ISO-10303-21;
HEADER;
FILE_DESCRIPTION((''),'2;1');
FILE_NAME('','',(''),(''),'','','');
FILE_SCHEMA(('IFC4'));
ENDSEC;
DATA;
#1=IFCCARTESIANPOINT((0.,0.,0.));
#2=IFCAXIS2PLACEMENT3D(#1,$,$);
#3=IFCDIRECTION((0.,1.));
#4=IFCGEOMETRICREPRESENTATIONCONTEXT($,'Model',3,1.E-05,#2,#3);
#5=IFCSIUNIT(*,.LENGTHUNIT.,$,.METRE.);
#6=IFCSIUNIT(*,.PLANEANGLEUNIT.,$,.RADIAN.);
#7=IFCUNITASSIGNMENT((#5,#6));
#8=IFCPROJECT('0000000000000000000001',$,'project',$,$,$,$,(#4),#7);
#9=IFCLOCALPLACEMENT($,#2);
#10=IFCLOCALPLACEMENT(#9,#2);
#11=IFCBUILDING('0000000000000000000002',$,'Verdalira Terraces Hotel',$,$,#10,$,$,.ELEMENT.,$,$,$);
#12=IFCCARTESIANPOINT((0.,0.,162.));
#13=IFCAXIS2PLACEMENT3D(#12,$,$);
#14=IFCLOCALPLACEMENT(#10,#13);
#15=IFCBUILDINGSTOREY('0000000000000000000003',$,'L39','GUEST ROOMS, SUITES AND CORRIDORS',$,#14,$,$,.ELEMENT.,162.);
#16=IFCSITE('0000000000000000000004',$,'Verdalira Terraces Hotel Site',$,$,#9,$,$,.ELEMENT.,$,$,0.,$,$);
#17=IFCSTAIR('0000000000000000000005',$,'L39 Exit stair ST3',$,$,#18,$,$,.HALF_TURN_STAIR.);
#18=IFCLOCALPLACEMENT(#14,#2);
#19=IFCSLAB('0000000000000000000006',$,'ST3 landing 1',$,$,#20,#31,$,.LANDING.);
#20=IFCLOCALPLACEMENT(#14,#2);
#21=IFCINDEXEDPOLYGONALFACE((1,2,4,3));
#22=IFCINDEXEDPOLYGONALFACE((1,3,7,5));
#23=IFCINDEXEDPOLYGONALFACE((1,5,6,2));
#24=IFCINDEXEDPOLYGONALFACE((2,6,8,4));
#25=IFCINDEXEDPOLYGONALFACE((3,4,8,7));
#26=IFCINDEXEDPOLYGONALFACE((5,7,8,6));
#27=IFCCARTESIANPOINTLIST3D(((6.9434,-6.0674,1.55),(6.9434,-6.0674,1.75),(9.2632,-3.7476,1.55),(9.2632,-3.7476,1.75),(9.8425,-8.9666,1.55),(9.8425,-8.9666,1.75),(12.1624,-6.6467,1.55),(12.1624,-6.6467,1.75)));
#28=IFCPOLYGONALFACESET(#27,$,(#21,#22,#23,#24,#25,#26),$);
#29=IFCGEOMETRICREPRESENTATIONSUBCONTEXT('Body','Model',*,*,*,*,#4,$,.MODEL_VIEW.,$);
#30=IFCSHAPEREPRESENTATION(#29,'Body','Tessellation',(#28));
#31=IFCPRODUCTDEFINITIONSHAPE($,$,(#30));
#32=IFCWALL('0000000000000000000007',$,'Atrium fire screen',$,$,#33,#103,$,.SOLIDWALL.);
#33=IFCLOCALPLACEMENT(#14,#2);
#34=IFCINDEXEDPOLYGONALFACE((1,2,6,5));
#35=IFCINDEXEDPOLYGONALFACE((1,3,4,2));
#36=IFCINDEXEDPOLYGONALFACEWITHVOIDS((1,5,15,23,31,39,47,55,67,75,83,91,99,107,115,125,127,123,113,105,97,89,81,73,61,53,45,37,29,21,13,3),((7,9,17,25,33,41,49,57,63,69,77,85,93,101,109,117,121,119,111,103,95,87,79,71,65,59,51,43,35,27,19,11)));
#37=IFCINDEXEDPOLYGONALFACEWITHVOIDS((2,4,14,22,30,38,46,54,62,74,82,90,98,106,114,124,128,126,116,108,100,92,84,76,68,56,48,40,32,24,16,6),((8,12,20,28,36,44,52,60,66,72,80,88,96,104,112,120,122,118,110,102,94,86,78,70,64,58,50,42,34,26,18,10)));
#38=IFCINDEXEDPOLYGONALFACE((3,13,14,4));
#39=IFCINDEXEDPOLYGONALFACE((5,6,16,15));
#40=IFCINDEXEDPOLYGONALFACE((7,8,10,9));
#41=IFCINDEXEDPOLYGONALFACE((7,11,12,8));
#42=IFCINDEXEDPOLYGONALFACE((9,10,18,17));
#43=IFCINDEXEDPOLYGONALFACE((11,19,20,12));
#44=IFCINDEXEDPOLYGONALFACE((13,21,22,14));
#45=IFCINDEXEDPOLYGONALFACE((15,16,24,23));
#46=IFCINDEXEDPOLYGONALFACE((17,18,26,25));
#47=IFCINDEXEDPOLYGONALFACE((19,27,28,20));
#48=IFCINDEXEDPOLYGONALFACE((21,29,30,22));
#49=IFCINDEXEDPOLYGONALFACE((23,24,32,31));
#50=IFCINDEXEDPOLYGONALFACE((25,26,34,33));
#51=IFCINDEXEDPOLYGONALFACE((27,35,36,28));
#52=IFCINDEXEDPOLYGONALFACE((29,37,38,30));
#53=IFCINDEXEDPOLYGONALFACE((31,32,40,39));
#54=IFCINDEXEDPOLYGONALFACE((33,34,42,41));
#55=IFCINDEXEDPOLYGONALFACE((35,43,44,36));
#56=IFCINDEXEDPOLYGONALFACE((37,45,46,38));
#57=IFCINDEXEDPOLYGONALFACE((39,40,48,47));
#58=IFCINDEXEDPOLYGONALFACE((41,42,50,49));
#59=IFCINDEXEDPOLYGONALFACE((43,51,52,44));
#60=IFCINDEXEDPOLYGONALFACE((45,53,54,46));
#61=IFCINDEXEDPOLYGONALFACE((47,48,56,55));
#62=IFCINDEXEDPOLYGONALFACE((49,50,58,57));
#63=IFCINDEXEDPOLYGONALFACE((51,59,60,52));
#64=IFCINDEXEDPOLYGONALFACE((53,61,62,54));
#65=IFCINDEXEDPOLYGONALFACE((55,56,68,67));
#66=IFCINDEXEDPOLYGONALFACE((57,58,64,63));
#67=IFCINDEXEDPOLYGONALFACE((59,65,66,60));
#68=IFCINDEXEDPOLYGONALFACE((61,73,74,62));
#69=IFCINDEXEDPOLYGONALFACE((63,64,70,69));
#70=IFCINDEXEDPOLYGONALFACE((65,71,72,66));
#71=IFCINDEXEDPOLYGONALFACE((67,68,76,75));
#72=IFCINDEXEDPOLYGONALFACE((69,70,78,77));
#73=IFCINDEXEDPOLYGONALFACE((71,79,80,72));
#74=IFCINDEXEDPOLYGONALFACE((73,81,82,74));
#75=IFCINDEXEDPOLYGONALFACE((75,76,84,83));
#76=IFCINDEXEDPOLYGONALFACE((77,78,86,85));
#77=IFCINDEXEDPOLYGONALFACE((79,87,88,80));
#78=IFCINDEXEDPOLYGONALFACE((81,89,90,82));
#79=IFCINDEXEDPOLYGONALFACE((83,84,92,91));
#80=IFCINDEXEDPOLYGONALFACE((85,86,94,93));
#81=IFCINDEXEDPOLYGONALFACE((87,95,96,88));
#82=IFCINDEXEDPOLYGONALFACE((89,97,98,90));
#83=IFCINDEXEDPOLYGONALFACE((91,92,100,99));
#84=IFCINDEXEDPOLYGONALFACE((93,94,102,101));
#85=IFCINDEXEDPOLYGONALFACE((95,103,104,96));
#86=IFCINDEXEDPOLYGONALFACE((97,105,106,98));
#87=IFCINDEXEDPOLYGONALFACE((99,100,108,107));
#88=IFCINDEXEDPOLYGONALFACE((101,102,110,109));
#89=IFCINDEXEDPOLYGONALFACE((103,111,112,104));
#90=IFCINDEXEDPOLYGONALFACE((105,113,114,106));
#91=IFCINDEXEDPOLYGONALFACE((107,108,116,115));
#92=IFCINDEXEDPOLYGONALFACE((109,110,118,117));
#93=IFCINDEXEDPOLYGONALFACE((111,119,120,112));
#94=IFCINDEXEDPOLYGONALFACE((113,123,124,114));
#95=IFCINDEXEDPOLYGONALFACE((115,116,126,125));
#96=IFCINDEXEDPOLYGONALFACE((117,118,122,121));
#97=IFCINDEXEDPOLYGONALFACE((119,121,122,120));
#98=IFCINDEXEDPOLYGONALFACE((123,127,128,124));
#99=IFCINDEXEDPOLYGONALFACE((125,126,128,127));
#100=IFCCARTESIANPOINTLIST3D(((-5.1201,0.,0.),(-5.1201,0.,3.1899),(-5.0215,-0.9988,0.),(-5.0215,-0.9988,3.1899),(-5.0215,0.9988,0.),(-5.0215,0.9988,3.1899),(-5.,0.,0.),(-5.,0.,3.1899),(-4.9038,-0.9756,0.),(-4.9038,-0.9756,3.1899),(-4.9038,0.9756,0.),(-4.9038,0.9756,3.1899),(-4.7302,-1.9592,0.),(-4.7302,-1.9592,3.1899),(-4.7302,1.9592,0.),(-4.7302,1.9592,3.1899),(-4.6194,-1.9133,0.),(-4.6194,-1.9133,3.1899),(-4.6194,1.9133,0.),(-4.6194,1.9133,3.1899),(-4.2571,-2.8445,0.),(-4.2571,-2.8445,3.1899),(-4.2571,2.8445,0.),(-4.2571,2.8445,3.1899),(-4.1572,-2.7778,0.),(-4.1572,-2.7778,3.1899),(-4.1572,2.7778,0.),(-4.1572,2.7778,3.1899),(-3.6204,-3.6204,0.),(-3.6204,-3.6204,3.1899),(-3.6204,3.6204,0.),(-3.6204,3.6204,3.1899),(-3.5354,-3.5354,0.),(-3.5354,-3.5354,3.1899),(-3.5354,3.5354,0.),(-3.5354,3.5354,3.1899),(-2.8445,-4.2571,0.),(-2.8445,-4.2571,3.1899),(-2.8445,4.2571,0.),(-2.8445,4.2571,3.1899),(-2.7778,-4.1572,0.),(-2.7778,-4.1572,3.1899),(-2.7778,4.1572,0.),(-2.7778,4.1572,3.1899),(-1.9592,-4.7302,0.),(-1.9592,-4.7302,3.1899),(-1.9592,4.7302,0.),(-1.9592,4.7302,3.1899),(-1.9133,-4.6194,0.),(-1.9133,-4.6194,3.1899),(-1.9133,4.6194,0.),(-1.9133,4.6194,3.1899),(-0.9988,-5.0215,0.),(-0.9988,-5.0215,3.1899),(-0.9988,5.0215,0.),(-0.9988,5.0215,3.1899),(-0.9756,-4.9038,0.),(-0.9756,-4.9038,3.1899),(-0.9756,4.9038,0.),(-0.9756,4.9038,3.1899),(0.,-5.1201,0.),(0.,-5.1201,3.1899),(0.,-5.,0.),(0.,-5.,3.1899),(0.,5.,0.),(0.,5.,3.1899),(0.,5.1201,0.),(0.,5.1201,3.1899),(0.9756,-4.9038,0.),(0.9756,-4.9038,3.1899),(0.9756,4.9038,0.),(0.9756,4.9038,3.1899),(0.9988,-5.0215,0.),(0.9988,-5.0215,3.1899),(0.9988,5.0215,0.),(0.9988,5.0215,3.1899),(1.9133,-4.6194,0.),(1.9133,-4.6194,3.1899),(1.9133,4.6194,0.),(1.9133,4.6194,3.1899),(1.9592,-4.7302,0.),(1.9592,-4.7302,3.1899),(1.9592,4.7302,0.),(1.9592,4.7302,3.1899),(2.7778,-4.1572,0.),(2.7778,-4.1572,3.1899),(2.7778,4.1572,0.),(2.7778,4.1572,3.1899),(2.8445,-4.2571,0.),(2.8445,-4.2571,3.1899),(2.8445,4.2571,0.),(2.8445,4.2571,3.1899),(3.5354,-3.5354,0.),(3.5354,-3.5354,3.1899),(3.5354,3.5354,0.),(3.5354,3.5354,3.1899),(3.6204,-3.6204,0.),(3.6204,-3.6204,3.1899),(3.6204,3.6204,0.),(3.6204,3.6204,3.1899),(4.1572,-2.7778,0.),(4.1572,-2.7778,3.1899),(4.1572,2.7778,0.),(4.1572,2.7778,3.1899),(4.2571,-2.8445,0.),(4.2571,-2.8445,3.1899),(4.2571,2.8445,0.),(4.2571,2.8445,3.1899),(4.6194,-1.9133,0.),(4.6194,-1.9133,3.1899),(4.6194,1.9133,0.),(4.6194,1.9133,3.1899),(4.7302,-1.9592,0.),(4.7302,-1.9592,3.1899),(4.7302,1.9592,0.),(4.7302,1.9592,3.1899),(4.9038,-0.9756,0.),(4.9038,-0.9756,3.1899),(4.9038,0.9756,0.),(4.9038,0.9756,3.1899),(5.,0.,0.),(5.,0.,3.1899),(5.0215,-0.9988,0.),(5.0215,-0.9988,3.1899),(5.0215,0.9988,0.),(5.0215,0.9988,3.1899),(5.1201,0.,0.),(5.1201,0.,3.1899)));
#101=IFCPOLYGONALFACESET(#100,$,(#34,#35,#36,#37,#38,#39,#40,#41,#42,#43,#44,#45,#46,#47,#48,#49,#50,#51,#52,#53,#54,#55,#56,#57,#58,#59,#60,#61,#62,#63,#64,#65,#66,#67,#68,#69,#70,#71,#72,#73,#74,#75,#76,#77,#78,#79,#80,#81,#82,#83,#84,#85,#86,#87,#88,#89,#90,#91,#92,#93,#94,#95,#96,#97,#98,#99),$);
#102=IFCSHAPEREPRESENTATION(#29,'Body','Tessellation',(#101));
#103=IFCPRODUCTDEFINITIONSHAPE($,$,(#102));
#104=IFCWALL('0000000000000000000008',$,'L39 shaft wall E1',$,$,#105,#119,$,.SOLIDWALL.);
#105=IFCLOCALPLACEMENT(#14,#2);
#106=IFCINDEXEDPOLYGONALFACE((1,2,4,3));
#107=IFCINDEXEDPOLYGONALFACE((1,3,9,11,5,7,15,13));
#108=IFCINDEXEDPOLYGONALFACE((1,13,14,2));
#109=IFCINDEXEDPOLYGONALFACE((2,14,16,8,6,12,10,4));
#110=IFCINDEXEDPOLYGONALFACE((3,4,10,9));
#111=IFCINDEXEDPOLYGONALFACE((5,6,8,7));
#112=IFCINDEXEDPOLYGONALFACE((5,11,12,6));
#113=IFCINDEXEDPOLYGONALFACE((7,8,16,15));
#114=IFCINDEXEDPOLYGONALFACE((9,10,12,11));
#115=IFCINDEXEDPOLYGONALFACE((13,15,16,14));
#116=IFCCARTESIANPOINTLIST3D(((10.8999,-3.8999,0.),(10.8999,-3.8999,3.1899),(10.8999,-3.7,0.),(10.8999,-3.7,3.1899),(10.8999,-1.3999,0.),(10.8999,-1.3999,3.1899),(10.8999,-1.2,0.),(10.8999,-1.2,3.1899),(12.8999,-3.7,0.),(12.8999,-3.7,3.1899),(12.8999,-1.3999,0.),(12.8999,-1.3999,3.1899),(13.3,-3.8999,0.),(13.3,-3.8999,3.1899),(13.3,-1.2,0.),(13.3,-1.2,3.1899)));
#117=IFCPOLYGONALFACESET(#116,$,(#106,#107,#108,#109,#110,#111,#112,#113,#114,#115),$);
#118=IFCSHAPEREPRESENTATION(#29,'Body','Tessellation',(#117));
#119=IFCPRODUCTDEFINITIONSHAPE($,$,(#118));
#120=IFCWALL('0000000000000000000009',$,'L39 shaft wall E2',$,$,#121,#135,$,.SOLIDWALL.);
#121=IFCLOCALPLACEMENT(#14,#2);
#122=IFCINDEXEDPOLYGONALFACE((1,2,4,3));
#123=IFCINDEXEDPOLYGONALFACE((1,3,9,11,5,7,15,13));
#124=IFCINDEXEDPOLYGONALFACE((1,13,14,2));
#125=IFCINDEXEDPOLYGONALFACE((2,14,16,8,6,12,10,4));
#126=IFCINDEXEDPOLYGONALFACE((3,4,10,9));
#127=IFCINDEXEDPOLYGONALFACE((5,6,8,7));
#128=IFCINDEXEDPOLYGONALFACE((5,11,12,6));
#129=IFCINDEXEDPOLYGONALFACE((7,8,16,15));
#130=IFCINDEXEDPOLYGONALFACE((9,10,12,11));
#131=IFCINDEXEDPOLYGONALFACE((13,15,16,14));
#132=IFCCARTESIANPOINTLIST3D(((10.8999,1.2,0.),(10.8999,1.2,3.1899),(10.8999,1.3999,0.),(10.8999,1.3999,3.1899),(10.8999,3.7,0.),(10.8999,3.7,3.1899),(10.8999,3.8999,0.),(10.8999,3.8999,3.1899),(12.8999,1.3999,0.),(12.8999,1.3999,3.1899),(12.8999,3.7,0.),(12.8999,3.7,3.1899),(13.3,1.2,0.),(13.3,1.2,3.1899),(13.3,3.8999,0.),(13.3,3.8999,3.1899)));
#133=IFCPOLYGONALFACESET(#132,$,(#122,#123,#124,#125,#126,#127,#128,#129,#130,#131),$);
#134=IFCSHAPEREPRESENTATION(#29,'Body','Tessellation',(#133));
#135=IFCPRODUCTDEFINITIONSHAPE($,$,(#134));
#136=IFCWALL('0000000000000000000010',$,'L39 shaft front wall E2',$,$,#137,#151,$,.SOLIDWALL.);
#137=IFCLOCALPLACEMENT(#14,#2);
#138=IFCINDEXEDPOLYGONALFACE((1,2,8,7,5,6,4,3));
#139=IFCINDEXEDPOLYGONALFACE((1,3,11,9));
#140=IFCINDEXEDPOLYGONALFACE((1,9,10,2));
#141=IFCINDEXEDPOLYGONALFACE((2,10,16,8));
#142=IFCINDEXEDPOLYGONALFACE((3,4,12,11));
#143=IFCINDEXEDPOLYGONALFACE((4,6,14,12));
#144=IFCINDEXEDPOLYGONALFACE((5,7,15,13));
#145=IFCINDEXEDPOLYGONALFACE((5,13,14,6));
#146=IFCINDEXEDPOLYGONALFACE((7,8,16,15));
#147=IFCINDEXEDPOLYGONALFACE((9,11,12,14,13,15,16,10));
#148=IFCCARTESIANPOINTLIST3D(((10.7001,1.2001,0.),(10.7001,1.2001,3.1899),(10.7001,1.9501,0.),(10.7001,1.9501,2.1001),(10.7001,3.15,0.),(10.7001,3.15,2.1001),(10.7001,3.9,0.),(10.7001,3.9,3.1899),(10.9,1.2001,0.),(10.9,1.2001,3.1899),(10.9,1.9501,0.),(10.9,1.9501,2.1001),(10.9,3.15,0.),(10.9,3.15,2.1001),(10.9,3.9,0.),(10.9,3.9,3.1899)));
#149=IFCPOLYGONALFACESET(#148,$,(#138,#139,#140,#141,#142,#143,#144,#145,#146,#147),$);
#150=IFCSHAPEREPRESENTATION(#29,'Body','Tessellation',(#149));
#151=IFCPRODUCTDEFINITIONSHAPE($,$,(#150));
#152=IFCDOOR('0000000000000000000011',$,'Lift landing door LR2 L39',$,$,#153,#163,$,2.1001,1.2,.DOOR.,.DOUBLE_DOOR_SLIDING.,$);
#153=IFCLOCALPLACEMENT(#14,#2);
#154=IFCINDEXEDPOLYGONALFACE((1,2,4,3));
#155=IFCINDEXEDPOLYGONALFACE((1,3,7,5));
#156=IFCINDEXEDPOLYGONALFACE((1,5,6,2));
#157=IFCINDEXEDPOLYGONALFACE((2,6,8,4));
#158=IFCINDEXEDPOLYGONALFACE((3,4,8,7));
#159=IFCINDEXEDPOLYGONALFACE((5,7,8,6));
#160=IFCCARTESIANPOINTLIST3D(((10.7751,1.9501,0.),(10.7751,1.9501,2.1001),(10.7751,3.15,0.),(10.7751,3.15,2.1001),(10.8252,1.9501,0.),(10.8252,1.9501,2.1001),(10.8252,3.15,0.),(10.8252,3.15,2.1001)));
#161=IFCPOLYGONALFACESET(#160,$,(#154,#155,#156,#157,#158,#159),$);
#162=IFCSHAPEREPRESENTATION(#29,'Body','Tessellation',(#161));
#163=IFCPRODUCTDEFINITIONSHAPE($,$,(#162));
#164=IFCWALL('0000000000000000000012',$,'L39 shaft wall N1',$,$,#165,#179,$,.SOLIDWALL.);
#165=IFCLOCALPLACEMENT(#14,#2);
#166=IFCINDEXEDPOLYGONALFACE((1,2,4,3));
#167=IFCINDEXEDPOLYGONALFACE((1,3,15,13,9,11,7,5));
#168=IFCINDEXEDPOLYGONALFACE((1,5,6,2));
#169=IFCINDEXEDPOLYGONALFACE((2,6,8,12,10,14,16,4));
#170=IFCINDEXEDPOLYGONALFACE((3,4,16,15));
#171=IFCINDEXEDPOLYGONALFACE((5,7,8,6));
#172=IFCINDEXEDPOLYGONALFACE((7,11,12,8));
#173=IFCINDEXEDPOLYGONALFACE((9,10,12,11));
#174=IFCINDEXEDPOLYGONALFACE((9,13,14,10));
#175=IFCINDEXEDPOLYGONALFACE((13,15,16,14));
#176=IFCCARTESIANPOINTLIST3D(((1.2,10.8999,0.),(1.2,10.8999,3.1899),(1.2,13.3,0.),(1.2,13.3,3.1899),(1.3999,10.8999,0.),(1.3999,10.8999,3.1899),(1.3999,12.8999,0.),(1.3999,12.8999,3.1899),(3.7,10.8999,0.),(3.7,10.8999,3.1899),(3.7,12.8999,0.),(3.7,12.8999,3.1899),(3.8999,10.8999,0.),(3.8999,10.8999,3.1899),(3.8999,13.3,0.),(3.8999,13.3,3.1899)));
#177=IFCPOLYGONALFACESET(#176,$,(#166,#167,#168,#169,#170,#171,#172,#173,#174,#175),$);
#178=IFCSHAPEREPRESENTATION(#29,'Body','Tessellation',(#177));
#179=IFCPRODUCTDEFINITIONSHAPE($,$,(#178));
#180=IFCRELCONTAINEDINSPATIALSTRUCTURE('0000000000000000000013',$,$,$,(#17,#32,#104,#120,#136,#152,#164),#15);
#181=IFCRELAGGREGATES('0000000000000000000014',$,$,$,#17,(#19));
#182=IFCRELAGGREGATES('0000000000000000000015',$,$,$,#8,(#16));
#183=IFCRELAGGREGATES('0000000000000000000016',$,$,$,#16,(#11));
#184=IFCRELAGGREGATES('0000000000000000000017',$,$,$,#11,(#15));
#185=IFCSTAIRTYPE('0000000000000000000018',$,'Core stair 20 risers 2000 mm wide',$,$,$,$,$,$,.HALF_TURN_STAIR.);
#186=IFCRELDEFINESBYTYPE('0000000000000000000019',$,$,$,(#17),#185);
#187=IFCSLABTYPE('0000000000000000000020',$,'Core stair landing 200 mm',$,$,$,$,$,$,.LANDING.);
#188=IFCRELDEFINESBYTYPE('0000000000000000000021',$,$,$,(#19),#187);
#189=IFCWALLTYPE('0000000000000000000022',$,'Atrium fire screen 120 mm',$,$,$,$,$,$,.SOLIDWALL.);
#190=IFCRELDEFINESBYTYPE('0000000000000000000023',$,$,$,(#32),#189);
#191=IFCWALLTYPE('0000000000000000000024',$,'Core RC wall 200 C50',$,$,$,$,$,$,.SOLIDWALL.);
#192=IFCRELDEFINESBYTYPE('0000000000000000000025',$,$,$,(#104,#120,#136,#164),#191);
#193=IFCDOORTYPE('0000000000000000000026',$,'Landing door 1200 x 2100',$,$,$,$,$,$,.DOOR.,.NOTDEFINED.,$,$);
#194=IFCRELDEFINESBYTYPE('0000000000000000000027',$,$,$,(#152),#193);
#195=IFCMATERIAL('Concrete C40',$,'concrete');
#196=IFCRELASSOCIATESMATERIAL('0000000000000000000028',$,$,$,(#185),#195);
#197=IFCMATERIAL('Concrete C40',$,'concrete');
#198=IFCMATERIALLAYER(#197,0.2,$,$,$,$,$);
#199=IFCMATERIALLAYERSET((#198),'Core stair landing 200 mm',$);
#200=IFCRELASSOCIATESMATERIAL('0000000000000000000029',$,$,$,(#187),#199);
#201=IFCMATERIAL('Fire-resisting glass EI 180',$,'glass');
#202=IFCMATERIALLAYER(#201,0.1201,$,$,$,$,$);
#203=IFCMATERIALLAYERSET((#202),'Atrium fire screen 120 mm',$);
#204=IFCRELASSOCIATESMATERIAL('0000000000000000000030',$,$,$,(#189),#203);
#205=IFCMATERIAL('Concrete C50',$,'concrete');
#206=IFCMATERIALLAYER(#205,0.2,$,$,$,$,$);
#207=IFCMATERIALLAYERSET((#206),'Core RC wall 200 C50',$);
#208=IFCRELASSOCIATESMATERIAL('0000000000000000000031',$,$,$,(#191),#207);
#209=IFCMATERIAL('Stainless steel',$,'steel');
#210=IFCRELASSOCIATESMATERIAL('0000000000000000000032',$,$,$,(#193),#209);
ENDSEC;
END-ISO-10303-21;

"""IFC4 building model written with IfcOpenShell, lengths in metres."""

from ifc_helpers import new_model, si_unit, direction, frame, frame_2d, origin, place, context, subcontext, project, spatial, polyline, rectangle, outline, extrude, material, layer, layer_set, type_object, element, fill, aggregate, save


model = new_model("IFC4")

# Units and contexts
model_context = context("Model", 3, precision=1e-05, world=origin(), true_north=direction((0.0, 1.0)))
body_context = subcontext(model_context, "Body", "Model", "MODEL_VIEW")
ifc_project = project(units=[si_unit("LENGTHUNIT", "METRE"), si_unit("PLANEANGLEUNIT", "RADIAN")], contexts=[model_context])

# Site, building, storey
site_placement = place(None, origin())
site = spatial("IfcSite", under=ifc_project, at=site_placement, Name="Verdalira Terraces Hotel Site", CompositionType="ELEMENT", RefElevation=0.0)
building_placement = place(site_placement, origin())
building = spatial("IfcBuilding", under=site, at=building_placement, Name="Verdalira Terraces Hotel", CompositionType="ELEMENT")
storey_placement = place(building_placement, frame((0.0, 0.0, 162.0)))
storey = spatial("IfcBuildingStorey", under=building, at=storey_placement, Name="L39", Description="GUEST ROOMS, SUITES AND CORRIDORS", CompositionType="ELEMENT", Elevation=162.0)

# Stair, slab
ifc_material_1 = material(Name="Concrete C40", Category="concrete")
stair_type = type_object("IfcStairType", Name="Core stair 20 risers 2000 mm wide", PredefinedType="HALF_TURN_STAIR", material=ifc_material_1)
ifc_material_2 = material(Name="Concrete C40", Category="concrete")
ifc_layer_1 = layer(ifc_material_2, 0.2)
ifc_layer_set_1 = layer_set([ifc_layer_1], Name="Core stair landing 200 mm")
slab_type_1 = type_object("IfcSlabType", Name="Core stair landing 200 mm", PredefinedType="LANDING", material=ifc_layer_set_1)
stair_1_placement = place(storey_placement, origin())
stair_1 = element("IfcStair", 1, at=stair_1_placement, inside=storey, type_object=stair_type, Name="L39 Exit stair ST3", PredefinedType="HALF_TURN_STAIR")
slab_1_placement = place(storey_placement, frame((0.0, 0.0, 1.55)))
slab_1 = element("IfcSlab", 2, at=slab_1_placement, type_object=slab_type_1, Name="ST3 landing 1", PredefinedType="LANDING", context=body_context, shape_type="SweptSolid", body=[
    extrude(outline(polyline([(9.8425, -8.9666), (12.1624, -6.6467), (9.2632, -3.7476), (6.9434, -6.0674), (9.8425, -8.9666)])), origin(), (0.0, 0.0, 1.0), 0.2),
])
aggregate(stair_1, [slab_1])

# Walls
ifc_material_3 = material(Name="Fire-resisting glass EI 180", Category="glass")
ifc_layer_2 = layer(ifc_material_3, 0.1201)
ifc_layer_set_2 = layer_set([ifc_layer_2], Name="Atrium fire screen 120 mm")
wall_type_1 = type_object("IfcWallType", Name="Atrium fire screen 120 mm", PredefinedType="SOLIDWALL", material=ifc_layer_set_2)
wall_1_placement = place(storey_placement, origin())
element("IfcWall", 3, at=wall_1_placement, inside=storey, type_object=wall_type_1, Name="Atrium fire screen", PredefinedType="SOLIDWALL", context=body_context, shape_type="SweptSolid", body=[
    extrude(outline(polyline([(5.0215, -0.9988), (4.7302, -1.9592), (4.2571, -2.8445), (3.6204, -3.6204), (2.8445, -4.2571), (1.9592, -4.7302), (0.9988, -5.0215), (0.0, -5.1201), (-0.9988, -5.0215), (-1.9592, -4.7302), (-2.8445, -4.2571), (-3.6204, -3.6204), (-4.2571, -2.8445), (-4.7302, -1.9592), (-5.0215, -0.9988), (-5.1201, 0.0), (-5.0215, 0.9988), (-4.7302, 1.9592), (-4.2571, 2.8445), (-3.6204, 3.6204), (-2.8445, 4.2571), (-1.9592, 4.7302), (-0.9988, 5.0215), (0.0, 5.1201), (0.9988, 5.0215), (1.9592, 4.7302), (2.8445, 4.2571), (3.6204, 3.6204), (4.2571, 2.8445), (4.7302, 1.9592), (5.0215, 0.9988), (5.1201, 0.0), (5.0215, -0.9988)]), holes=[polyline([(4.9038, 0.9756), (4.6194, 1.9133), (4.1572, 2.7778), (3.5354, 3.5354), (2.7778, 4.1572), (1.9133, 4.6194), (0.9756, 4.9038), (0.0, 5.0), (-0.9756, 4.9038), (-1.9133, 4.6194), (-2.7778, 4.1572), (-3.5354, 3.5354), (-4.1572, 2.7778), (-4.6194, 1.9133), (-4.9038, 0.9756), (-5.0, 0.0), (-4.9038, -0.9756), (-4.6194, -1.9133), (-4.1572, -2.7778), (-3.5354, -3.5354), (-2.7778, -4.1572), (-1.9133, -4.6194), (-0.9756, -4.9038), (0.0, -5.0), (0.9756, -4.9038), (1.9133, -4.6194), (2.7778, -4.1572), (3.5354, -3.5354), (4.1572, -2.7778), (4.6194, -1.9133), (4.9038, -0.9756), (5.0, 0.0), (4.9038, 0.9756)])]), origin(), (0.0, 0.0, 1.0), 3.1899),
])
ifc_material_4 = material(Name="Concrete C50", Category="concrete")
ifc_layer_3 = layer(ifc_material_4, 0.2)
ifc_layer_set_3 = layer_set([ifc_layer_3], Name="Core RC wall 200 C50")
wall_type_2 = type_object("IfcWallType", Name="Core RC wall 200 C50", PredefinedType="SOLIDWALL", material=ifc_layer_set_3)
wall_2_placement = place(storey_placement, origin())
element("IfcWall", 4, at=wall_2_placement, inside=storey, type_object=wall_type_2, Name="L39 shaft wall E1", PredefinedType="SOLIDWALL", context=body_context, shape_type="SweptSolid", body=[
    extrude(outline(polyline([(13.3, -3.8999), (10.8999, -3.8999), (10.8999, -3.7), (12.8999, -3.7), (12.8999, -1.3999), (10.8999, -1.3999), (10.8999, -1.2), (13.3, -1.2), (13.3, -3.8999)])), origin(), (0.0, 0.0, 1.0), 3.1899),
])
wall_3_placement = place(storey_placement, origin())
element("IfcWall", 5, at=wall_3_placement, inside=storey, type_object=wall_type_2, Name="L39 shaft wall E2", PredefinedType="SOLIDWALL", context=body_context, shape_type="SweptSolid", body=[
    extrude(outline(polyline([(13.3, 3.8999), (13.3, 1.2), (10.8999, 1.2), (10.8999, 1.3999), (12.8999, 1.3999), (12.8999, 3.7), (10.8999, 3.7), (10.8999, 3.8999), (13.3, 3.8999)])), origin(), (0.0, 0.0, 1.0), 3.1899),
])

# Wall, opening, door
wall_4_placement = place(storey_placement, frame((10.8, 1.2, 0.0), z_axis=(0.0, 0.0, 1.0), x_axis=(0.0, 1.0, 0.0)))
wall_4 = element("IfcWall", 6, at=wall_4_placement, inside=storey, type_object=wall_type_2, Name="L39 shaft front wall E2", PredefinedType="SOLIDWALL", context=body_context, shape_type="SweptSolid", body=[
    extrude(rectangle(XDim=2.7, YDim=0.2, at=frame_2d((1.3501, 0.0))), origin(), (0.0, 0.0, 1.0), 3.1899),
])
opening_1_placement = place(wall_4_placement, frame((0.75, 0.0, 0.0)))
opening_1 = element("IfcOpeningElement", 7, at=opening_1_placement, cuts=wall_4, PredefinedType="OPENING", context=body_context, shape_type="SweptSolid", body=[
    extrude(rectangle(XDim=1.2, YDim=2.1001, at=frame_2d((0.6001, 1.05))), frame((0.0, 0.1099, 0.0), z_axis=(0.0, -1.0, 0.0), x_axis=(1.0, 0.0, 0.0)), (0.0, 0.0, 1.0), 0.22),
])
ifc_material_5 = material(Name="Stainless steel", Category="steel")
door_type_1 = type_object("IfcDoorType", Name="Landing door 1200 x 2100", OperationType="NOTDEFINED", PredefinedType="DOOR", material=ifc_material_5)
door_1_placement = place(opening_1_placement, origin())
door_1 = element("IfcDoor", 8, at=door_1_placement, inside=storey, type_object=door_type_1, Name="Lift landing door LR2 L39", OperationType="DOUBLE_DOOR_SLIDING", OverallHeight=2.1001, OverallWidth=1.2, PredefinedType="DOOR", context=body_context, shape_type="SweptSolid", body=[
    extrude(rectangle(XDim=1.2, YDim=2.1001, at=frame_2d((0.6001, 1.05))), frame((0.0, 0.0249, 0.0), z_axis=(0.0, -1.0, 0.0), x_axis=(1.0, 0.0, 0.0)), (0.0, 0.0, 1.0), 0.05),
])
fill(opening_1, door_1)

# Wall
wall_5_placement = place(storey_placement, origin())
element("IfcWall", 9, at=wall_5_placement, inside=storey, type_object=wall_type_2, Name="L39 shaft wall N1", PredefinedType="SOLIDWALL", context=body_context, shape_type="SweptSolid", body=[
    extrude(outline(polyline([(3.8999, 13.3), (3.8999, 10.8999), (3.7, 10.8999), (3.7, 12.8999), (1.3999, 12.8999), (1.3999, 10.8999), (1.2, 10.8999), (1.2, 13.3), (3.8999, 13.3)])), origin(), (0.0, 0.0, 1.0), 3.1899),
])

save(model, "model.ifc")
